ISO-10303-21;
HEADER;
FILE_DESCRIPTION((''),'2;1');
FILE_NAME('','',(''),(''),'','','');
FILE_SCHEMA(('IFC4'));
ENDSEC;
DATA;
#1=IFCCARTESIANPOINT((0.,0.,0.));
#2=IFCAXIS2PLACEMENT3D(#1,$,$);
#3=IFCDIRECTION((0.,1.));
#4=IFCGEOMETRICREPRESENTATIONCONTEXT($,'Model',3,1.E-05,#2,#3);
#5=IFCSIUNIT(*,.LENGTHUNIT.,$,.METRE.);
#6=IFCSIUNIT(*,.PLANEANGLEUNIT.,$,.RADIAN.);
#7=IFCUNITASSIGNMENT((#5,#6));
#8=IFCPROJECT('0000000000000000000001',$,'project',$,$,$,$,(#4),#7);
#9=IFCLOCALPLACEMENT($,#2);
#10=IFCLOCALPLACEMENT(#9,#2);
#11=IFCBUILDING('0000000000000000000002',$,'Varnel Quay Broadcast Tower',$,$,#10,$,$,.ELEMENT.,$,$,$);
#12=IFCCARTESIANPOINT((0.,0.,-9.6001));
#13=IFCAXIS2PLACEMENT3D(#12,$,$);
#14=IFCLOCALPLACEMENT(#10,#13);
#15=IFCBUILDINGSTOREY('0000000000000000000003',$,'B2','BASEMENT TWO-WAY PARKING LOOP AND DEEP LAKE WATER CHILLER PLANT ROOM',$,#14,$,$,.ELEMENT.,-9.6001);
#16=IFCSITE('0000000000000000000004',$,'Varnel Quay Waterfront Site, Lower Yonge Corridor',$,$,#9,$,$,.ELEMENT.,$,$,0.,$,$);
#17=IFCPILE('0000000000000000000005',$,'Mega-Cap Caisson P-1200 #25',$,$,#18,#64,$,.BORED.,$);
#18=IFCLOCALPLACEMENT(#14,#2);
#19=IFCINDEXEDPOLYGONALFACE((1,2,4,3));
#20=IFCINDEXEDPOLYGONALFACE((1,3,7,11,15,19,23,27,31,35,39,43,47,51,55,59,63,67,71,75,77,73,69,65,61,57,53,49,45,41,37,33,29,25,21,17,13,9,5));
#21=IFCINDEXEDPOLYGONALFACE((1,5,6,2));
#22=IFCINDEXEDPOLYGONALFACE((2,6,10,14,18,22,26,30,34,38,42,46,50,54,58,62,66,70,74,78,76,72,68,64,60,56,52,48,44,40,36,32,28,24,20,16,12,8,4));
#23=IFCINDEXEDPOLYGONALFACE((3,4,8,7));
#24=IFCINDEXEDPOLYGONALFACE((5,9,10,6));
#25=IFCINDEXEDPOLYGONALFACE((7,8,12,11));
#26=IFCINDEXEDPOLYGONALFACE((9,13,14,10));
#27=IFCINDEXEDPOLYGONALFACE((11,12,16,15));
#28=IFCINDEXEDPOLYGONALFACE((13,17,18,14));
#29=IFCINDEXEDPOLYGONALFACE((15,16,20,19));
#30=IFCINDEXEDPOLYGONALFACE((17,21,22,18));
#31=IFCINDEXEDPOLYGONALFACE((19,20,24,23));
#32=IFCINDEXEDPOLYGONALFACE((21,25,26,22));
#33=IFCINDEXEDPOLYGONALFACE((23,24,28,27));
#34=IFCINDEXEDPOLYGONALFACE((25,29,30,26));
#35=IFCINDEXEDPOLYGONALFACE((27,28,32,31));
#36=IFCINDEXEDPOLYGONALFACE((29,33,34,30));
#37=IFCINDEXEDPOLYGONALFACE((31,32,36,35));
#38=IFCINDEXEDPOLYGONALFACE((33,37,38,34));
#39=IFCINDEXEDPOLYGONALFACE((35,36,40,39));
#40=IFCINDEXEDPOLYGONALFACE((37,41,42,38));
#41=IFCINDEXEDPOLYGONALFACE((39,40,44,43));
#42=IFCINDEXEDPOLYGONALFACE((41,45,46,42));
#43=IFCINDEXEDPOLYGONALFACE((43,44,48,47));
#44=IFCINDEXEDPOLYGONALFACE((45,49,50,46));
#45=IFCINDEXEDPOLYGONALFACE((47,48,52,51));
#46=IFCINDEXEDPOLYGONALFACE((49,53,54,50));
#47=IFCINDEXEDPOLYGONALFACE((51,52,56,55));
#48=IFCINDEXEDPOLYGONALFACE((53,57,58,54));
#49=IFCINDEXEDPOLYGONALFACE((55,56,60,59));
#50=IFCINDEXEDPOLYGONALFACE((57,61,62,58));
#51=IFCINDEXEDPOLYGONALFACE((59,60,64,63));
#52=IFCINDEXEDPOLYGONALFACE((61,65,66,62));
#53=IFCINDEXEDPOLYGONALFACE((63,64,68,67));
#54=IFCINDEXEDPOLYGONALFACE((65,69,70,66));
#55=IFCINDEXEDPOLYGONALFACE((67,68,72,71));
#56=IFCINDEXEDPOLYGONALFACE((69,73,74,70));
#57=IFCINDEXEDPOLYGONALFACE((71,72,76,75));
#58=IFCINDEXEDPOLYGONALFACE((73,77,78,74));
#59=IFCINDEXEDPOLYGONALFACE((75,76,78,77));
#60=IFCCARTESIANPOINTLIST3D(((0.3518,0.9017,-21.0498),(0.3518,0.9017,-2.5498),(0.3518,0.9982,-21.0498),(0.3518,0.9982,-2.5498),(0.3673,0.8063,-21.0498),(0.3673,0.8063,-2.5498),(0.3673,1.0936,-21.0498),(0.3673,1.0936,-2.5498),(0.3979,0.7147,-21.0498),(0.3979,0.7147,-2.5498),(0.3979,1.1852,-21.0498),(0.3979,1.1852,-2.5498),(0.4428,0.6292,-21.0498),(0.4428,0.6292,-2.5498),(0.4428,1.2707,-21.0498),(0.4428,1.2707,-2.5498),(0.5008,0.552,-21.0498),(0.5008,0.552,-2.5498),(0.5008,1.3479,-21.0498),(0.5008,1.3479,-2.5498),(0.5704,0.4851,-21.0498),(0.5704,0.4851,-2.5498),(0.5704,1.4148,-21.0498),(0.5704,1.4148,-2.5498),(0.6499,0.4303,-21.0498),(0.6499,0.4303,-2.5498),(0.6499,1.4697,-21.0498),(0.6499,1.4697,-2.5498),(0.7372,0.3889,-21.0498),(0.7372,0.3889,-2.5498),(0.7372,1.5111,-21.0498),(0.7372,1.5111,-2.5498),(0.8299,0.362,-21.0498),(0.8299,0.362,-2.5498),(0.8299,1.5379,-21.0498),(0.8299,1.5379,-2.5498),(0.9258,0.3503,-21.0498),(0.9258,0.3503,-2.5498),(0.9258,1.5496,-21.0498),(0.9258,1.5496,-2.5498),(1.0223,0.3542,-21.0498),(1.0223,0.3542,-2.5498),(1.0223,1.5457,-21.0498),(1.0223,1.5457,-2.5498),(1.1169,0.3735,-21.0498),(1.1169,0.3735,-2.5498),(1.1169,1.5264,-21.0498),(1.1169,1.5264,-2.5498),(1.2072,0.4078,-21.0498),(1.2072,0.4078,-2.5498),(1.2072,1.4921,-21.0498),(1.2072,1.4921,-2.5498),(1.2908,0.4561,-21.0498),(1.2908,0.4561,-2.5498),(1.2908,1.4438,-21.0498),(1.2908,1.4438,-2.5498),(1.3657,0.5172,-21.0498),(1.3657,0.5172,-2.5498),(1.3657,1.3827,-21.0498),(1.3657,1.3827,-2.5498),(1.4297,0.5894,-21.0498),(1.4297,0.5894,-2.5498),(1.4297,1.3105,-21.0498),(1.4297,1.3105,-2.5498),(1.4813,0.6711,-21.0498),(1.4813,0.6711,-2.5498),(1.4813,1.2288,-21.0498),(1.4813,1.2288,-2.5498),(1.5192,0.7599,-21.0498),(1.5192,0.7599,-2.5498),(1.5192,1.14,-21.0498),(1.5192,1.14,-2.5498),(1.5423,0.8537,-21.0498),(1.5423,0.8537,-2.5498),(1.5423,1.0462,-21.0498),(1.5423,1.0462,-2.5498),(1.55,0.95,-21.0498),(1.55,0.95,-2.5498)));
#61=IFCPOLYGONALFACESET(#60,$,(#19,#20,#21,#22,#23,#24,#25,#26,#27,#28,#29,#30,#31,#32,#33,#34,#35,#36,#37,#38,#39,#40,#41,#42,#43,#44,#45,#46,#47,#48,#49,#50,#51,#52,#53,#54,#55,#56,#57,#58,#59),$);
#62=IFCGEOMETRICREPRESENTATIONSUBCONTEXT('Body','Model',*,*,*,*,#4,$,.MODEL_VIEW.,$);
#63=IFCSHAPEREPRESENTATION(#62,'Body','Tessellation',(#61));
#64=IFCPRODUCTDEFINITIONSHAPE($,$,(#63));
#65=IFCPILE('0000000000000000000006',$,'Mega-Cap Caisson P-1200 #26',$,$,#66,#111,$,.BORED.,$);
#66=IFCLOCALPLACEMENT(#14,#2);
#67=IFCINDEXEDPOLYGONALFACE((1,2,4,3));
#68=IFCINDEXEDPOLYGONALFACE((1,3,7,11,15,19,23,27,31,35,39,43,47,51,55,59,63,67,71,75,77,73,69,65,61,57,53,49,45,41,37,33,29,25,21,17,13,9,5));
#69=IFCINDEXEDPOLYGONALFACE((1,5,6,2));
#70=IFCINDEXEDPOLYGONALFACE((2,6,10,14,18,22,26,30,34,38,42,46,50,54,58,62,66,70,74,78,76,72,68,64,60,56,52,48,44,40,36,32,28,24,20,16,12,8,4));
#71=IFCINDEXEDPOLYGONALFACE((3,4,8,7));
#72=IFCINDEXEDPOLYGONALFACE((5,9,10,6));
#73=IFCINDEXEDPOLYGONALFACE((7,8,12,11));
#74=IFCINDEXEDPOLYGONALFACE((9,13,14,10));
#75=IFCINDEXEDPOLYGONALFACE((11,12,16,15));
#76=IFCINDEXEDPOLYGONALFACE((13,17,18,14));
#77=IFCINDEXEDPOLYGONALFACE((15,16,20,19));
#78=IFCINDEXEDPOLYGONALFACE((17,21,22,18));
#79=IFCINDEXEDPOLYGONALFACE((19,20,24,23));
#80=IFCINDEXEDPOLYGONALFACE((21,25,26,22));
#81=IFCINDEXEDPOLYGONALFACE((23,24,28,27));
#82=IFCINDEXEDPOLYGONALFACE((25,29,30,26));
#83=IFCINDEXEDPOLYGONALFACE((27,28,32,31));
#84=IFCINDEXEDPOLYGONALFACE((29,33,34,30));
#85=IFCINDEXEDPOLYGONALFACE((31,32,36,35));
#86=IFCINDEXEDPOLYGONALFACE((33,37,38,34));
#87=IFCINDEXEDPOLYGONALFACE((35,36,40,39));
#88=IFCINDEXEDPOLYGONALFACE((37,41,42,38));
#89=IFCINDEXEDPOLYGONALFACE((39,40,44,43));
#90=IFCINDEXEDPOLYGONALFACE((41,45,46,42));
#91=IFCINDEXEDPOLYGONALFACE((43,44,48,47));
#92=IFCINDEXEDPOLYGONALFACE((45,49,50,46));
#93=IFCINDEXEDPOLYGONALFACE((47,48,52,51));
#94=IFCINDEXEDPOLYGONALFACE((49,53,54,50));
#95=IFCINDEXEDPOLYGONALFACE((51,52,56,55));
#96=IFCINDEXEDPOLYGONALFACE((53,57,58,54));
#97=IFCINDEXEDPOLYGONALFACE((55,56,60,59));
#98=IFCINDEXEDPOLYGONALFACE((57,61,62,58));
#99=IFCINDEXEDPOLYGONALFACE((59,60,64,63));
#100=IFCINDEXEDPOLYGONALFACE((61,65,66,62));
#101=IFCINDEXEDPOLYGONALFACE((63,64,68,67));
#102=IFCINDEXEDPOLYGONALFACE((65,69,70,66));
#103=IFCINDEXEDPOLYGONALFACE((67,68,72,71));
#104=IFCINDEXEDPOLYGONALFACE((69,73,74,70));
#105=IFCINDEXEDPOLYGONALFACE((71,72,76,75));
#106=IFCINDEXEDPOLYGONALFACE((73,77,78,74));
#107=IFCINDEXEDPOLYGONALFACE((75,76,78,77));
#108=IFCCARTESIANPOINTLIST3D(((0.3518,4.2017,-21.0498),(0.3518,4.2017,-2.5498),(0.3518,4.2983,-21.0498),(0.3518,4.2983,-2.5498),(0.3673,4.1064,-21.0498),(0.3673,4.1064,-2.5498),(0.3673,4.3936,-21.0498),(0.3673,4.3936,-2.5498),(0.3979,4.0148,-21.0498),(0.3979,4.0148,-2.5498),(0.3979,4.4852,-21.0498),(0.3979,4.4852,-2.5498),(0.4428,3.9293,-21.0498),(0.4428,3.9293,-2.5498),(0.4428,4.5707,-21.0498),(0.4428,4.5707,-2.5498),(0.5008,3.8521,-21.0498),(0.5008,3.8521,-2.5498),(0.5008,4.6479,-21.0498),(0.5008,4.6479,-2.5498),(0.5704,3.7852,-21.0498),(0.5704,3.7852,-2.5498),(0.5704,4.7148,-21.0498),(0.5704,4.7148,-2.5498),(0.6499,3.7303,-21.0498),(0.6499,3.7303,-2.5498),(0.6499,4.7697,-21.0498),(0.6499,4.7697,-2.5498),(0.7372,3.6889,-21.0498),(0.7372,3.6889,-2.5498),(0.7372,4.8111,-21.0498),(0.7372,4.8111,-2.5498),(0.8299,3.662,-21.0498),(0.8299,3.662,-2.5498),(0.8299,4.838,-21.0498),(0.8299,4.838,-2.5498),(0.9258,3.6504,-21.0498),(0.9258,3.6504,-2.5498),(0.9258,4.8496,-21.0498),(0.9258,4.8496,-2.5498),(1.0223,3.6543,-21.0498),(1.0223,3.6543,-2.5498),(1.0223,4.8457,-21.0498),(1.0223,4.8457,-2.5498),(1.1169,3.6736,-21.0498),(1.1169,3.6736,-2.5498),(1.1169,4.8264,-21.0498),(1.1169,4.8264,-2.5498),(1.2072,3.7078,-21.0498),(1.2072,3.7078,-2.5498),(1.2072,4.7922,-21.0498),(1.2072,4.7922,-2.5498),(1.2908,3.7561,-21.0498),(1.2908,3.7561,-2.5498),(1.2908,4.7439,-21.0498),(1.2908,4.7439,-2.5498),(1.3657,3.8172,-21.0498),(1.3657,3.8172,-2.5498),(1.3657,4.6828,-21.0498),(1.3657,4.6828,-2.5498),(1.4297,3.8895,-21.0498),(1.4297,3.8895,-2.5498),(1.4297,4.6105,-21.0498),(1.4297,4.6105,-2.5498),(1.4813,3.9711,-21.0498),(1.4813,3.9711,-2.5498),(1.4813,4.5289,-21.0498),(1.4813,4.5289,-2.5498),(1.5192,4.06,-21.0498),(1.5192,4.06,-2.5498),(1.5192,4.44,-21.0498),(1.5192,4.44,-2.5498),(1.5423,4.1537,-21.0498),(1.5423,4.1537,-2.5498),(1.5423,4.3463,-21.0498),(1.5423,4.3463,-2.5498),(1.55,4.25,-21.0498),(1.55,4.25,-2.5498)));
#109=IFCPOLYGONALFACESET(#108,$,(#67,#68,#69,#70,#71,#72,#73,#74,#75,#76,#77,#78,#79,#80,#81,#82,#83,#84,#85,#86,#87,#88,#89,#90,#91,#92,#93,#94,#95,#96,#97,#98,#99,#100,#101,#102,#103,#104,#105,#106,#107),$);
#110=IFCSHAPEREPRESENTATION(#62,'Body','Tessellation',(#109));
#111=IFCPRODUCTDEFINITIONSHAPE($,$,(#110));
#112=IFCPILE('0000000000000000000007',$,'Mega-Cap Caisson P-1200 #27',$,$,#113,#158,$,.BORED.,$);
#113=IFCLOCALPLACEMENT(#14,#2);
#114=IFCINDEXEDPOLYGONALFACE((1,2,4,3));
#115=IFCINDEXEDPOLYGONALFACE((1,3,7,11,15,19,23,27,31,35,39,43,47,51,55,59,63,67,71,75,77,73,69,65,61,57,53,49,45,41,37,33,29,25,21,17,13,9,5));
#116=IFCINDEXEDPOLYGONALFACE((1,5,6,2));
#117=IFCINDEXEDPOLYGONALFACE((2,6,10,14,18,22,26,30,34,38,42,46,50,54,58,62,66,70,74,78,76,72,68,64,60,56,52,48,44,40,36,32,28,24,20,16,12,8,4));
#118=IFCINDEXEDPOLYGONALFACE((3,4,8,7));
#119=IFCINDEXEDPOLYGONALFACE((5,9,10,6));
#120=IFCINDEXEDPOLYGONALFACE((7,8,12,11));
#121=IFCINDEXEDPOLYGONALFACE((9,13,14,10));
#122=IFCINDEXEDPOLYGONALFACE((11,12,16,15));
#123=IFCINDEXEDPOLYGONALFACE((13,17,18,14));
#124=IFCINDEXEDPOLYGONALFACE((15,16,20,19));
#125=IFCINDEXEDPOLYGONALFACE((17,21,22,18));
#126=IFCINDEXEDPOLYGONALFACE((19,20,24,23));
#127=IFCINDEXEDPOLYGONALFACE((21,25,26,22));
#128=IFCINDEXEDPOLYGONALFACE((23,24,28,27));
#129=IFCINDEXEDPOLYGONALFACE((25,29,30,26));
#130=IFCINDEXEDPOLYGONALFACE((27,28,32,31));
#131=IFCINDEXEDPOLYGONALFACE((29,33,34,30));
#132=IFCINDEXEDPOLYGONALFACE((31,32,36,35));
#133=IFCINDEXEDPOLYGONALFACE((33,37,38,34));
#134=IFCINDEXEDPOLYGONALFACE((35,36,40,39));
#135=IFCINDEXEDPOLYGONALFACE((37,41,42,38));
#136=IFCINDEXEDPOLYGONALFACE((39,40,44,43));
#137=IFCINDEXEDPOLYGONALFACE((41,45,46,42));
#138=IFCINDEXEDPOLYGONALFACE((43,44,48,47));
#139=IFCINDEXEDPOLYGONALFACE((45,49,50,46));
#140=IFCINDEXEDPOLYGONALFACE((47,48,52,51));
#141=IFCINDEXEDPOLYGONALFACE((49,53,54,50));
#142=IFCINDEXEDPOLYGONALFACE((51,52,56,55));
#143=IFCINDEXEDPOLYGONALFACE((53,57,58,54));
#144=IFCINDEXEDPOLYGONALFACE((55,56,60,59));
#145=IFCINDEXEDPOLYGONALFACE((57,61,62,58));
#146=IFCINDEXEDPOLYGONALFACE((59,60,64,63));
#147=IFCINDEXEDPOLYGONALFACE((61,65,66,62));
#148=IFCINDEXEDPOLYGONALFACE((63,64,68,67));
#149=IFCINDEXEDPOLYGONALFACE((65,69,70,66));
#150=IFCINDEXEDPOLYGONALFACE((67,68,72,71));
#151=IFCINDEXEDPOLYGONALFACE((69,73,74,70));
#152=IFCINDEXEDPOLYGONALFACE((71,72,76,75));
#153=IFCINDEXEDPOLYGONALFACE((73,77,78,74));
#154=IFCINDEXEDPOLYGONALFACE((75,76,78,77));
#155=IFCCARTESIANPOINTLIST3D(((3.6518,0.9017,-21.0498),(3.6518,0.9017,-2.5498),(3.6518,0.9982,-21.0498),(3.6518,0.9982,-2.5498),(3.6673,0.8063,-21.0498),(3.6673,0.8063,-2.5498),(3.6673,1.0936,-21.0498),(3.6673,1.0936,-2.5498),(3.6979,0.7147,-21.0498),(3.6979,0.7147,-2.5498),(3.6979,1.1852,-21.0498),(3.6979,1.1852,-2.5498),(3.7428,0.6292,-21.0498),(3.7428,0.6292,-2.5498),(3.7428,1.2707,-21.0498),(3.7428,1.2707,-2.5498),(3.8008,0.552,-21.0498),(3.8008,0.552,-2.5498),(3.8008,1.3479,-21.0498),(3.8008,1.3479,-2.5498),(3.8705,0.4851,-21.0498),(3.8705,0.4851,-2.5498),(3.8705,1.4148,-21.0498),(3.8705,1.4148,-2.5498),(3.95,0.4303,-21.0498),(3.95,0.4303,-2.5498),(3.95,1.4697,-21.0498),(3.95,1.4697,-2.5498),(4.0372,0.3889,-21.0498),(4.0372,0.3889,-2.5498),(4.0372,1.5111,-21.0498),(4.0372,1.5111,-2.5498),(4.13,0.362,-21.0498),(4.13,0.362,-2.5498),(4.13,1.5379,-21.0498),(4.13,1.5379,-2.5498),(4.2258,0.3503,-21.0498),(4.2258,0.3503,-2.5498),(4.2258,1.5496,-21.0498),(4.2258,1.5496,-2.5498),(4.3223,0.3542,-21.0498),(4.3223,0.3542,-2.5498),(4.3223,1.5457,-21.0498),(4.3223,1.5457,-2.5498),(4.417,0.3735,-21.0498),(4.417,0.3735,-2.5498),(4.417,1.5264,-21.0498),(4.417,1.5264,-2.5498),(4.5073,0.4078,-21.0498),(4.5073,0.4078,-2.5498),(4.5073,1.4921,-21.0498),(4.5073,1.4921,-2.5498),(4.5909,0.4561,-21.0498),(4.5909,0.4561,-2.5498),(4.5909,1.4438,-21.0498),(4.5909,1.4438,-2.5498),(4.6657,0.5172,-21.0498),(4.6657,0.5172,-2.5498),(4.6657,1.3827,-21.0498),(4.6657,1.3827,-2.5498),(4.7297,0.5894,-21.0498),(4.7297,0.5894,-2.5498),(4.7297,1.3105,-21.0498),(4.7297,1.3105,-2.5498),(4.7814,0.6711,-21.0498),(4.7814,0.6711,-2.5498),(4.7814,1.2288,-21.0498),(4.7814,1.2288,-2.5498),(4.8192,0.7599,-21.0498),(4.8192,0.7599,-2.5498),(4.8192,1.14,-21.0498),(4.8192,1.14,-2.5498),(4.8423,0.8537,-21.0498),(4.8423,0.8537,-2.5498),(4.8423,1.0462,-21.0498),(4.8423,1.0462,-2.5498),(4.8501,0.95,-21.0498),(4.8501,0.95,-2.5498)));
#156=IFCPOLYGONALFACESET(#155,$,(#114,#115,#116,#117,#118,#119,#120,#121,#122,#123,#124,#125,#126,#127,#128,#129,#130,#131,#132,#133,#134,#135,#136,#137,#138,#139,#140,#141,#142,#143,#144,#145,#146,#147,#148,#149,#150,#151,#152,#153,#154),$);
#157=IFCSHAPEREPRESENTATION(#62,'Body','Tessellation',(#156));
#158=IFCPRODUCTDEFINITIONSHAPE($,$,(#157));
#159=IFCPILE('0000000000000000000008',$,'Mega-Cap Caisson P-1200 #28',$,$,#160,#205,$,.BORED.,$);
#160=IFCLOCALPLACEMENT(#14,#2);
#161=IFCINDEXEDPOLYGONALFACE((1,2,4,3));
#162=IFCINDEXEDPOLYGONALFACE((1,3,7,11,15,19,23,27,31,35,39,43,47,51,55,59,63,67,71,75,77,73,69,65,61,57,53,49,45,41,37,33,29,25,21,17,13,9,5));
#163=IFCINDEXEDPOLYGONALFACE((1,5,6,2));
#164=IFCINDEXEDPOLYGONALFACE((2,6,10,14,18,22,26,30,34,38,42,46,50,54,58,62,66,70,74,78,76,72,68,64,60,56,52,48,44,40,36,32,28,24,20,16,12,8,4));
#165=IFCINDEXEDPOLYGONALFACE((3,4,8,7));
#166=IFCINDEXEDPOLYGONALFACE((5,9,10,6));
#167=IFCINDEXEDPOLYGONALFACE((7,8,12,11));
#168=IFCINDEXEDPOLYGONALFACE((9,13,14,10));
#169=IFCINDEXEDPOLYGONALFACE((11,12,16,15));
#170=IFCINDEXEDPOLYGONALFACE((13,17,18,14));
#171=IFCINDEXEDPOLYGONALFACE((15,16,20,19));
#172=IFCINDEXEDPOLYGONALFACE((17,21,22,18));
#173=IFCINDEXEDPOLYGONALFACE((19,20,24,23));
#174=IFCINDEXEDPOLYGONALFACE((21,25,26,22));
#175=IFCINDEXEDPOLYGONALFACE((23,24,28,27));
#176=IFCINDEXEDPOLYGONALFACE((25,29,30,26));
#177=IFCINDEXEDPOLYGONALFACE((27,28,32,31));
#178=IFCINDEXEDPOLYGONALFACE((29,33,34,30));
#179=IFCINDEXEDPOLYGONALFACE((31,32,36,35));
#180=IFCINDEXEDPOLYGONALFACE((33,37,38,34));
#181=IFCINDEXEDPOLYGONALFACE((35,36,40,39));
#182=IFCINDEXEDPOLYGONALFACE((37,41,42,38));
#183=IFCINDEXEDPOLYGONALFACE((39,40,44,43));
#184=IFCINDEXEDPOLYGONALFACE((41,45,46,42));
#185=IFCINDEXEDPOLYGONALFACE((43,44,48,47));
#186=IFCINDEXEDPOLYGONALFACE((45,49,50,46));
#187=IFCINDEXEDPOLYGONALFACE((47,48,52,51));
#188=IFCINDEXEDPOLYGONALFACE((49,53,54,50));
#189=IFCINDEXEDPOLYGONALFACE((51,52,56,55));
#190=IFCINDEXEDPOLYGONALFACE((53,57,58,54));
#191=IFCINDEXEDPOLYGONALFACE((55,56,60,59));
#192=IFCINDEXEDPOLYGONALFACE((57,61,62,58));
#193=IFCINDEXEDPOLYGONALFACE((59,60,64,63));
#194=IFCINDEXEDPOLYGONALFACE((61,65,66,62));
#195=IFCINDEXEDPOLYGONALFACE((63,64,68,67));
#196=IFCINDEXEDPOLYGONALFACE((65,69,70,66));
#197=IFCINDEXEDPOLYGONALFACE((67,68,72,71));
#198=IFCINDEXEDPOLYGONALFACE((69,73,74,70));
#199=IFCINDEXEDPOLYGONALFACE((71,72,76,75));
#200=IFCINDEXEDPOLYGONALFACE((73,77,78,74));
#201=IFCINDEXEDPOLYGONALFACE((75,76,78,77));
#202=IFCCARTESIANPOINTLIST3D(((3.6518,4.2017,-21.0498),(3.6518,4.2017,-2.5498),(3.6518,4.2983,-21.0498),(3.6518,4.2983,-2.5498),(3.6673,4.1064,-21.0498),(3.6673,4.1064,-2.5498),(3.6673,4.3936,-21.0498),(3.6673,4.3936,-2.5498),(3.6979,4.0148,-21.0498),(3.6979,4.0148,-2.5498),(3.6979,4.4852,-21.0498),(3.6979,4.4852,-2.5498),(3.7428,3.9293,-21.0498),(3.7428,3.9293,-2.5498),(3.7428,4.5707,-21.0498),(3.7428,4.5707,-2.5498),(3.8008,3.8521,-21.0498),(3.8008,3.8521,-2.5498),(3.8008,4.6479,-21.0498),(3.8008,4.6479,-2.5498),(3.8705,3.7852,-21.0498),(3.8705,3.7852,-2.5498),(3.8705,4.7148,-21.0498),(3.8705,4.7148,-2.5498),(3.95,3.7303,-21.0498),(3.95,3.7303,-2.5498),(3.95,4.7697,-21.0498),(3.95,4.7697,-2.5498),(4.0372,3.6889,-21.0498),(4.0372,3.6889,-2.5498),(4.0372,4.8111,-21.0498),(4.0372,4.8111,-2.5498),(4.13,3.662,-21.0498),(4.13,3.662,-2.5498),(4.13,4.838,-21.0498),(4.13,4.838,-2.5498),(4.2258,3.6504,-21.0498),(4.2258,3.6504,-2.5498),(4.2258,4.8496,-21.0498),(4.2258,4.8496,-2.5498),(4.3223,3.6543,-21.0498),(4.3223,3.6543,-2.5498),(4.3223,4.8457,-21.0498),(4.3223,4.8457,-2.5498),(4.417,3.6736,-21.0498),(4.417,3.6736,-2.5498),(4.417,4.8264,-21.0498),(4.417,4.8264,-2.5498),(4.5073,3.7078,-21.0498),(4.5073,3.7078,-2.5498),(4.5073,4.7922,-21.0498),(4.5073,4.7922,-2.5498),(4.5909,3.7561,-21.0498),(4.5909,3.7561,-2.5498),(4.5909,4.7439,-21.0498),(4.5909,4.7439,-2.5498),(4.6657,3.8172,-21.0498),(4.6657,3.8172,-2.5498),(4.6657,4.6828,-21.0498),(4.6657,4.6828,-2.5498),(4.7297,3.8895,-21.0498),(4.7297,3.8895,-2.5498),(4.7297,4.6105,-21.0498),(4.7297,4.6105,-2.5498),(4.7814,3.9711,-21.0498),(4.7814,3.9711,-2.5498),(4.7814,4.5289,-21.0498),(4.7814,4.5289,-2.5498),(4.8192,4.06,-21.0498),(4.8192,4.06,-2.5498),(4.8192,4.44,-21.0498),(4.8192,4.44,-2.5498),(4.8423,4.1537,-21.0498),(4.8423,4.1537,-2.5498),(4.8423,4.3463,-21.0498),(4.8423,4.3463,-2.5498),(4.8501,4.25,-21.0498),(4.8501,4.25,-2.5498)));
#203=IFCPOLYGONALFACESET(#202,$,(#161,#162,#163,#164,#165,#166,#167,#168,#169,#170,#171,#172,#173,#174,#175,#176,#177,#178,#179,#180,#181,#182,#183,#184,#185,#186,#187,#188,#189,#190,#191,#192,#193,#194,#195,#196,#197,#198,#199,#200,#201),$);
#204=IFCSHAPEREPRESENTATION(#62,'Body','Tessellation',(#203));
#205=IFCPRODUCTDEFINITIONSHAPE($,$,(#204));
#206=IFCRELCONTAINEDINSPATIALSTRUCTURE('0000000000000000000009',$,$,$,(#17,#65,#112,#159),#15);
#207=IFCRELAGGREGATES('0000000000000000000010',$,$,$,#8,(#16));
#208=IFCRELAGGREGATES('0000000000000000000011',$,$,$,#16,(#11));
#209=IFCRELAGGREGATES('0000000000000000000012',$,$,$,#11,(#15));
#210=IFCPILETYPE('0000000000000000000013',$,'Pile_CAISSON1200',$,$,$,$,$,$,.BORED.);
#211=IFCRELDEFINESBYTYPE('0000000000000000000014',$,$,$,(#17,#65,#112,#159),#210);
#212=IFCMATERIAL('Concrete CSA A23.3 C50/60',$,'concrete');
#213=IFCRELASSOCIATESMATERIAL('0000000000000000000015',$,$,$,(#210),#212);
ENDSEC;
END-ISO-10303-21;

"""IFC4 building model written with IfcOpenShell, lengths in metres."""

from ifc_helpers import new_model, si_unit, direction, frame, origin, origin_2d, place, context, subcontext, project, spatial, circle, extrude, source, transform, mapped, material, material_profile, profile_set, type_object, type_shapes, element, save


model = new_model("IFC4")

# Units and contexts
model_context = context("Model", 3, precision=1e-05, world=origin(), true_north=direction((0.0, 1.0)))
body_context = subcontext(model_context, "Body", "Model", "MODEL_VIEW")
ifc_project = project(units=[si_unit("LENGTHUNIT", "METRE"), si_unit("PLANEANGLEUNIT", "RADIAN")], contexts=[model_context])

# Site, building, storey
site_placement = place(None, origin())
site = spatial("IfcSite", under=ifc_project, at=site_placement, Name="Varnel Quay Waterfront Site, Lower Yonge Corridor", CompositionType="ELEMENT", RefElevation=0.0)
building_placement = place(site_placement, origin())
building = spatial("IfcBuilding", under=site, at=building_placement, Name="Varnel Quay Broadcast Tower", CompositionType="ELEMENT")
storey_placement = place(building_placement, frame((0.0, 0.0, -9.6001)))
storey = spatial("IfcBuildingStorey", under=building, at=storey_placement, Name="B2", Description="BASEMENT TWO-WAY PARKING LOOP AND DEEP LAKE WATER CHILLER PLANT ROOM", CompositionType="ELEMENT", Elevation=-9.6001)

# Piles
ifc_material_1 = material(Name="Concrete CSA A23.3 C50/60", Category="concrete")
ifc_material_profile_1 = material_profile(ifc_material_1, circle(Radius=0.6001, at=origin_2d()), Name="CAISSON1200")
ifc_profile_set_1 = profile_set([ifc_material_profile_1], Name="Concrete CSA A23.3 C50/60")
pile_type_1 = type_object("IfcPileType", Name="Pile_CAISSON1200", PredefinedType="BORED", material=ifc_profile_set_1)
shared_shape_1 = source(origin(), body_context, "Body", "SweptSolid", [
    extrude(circle(Radius=0.6001, at=origin_2d()), origin(), (0.0, 0.0, 1.0), 18.5),
])
type_shapes(pile_type_1, [shared_shape_1])
for number, where, z_axis, x_axis, name in (
    (1, (0.95, 0.95, -2.5498), (0.0, 0.0, -1.0), (1.0, 0.0, 0.0), "Mega-Cap Caisson P-1200 #25"),
    (2, (0.95, 4.25, -2.5498), (0.0, 0.0, -1.0), (1.0, 0.0, 0.0), "Mega-Cap Caisson P-1200 #26"),
    (3, (4.25, 0.95, -2.5498), (0.0, 0.0, -1.0), (1.0, 0.0, 0.0), "Mega-Cap Caisson P-1200 #27"),
    (4, (4.25, 4.25, -2.5498), (0.0, 0.0, -1.0), (1.0, 0.0, 0.0), "Mega-Cap Caisson P-1200 #28"),
):
    element("IfcPile", number, at=place(storey_placement, frame(where, z_axis=z_axis, x_axis=x_axis)), inside=storey, type_object=pile_type_1, Name=name, PredefinedType="BORED", context=body_context, shape_type="MappedRepresentation", body=[
        mapped(shared_shape_1, transform((0.0, 0.0, 0.0), x_axis=(1.0, 0.0, 0.0), y_axis=(0.0, 1.0, 0.0), z_axis=(0.0, 0.0, 1.0), scale=1.0)),
    ])

save(model, "model.ifc")
